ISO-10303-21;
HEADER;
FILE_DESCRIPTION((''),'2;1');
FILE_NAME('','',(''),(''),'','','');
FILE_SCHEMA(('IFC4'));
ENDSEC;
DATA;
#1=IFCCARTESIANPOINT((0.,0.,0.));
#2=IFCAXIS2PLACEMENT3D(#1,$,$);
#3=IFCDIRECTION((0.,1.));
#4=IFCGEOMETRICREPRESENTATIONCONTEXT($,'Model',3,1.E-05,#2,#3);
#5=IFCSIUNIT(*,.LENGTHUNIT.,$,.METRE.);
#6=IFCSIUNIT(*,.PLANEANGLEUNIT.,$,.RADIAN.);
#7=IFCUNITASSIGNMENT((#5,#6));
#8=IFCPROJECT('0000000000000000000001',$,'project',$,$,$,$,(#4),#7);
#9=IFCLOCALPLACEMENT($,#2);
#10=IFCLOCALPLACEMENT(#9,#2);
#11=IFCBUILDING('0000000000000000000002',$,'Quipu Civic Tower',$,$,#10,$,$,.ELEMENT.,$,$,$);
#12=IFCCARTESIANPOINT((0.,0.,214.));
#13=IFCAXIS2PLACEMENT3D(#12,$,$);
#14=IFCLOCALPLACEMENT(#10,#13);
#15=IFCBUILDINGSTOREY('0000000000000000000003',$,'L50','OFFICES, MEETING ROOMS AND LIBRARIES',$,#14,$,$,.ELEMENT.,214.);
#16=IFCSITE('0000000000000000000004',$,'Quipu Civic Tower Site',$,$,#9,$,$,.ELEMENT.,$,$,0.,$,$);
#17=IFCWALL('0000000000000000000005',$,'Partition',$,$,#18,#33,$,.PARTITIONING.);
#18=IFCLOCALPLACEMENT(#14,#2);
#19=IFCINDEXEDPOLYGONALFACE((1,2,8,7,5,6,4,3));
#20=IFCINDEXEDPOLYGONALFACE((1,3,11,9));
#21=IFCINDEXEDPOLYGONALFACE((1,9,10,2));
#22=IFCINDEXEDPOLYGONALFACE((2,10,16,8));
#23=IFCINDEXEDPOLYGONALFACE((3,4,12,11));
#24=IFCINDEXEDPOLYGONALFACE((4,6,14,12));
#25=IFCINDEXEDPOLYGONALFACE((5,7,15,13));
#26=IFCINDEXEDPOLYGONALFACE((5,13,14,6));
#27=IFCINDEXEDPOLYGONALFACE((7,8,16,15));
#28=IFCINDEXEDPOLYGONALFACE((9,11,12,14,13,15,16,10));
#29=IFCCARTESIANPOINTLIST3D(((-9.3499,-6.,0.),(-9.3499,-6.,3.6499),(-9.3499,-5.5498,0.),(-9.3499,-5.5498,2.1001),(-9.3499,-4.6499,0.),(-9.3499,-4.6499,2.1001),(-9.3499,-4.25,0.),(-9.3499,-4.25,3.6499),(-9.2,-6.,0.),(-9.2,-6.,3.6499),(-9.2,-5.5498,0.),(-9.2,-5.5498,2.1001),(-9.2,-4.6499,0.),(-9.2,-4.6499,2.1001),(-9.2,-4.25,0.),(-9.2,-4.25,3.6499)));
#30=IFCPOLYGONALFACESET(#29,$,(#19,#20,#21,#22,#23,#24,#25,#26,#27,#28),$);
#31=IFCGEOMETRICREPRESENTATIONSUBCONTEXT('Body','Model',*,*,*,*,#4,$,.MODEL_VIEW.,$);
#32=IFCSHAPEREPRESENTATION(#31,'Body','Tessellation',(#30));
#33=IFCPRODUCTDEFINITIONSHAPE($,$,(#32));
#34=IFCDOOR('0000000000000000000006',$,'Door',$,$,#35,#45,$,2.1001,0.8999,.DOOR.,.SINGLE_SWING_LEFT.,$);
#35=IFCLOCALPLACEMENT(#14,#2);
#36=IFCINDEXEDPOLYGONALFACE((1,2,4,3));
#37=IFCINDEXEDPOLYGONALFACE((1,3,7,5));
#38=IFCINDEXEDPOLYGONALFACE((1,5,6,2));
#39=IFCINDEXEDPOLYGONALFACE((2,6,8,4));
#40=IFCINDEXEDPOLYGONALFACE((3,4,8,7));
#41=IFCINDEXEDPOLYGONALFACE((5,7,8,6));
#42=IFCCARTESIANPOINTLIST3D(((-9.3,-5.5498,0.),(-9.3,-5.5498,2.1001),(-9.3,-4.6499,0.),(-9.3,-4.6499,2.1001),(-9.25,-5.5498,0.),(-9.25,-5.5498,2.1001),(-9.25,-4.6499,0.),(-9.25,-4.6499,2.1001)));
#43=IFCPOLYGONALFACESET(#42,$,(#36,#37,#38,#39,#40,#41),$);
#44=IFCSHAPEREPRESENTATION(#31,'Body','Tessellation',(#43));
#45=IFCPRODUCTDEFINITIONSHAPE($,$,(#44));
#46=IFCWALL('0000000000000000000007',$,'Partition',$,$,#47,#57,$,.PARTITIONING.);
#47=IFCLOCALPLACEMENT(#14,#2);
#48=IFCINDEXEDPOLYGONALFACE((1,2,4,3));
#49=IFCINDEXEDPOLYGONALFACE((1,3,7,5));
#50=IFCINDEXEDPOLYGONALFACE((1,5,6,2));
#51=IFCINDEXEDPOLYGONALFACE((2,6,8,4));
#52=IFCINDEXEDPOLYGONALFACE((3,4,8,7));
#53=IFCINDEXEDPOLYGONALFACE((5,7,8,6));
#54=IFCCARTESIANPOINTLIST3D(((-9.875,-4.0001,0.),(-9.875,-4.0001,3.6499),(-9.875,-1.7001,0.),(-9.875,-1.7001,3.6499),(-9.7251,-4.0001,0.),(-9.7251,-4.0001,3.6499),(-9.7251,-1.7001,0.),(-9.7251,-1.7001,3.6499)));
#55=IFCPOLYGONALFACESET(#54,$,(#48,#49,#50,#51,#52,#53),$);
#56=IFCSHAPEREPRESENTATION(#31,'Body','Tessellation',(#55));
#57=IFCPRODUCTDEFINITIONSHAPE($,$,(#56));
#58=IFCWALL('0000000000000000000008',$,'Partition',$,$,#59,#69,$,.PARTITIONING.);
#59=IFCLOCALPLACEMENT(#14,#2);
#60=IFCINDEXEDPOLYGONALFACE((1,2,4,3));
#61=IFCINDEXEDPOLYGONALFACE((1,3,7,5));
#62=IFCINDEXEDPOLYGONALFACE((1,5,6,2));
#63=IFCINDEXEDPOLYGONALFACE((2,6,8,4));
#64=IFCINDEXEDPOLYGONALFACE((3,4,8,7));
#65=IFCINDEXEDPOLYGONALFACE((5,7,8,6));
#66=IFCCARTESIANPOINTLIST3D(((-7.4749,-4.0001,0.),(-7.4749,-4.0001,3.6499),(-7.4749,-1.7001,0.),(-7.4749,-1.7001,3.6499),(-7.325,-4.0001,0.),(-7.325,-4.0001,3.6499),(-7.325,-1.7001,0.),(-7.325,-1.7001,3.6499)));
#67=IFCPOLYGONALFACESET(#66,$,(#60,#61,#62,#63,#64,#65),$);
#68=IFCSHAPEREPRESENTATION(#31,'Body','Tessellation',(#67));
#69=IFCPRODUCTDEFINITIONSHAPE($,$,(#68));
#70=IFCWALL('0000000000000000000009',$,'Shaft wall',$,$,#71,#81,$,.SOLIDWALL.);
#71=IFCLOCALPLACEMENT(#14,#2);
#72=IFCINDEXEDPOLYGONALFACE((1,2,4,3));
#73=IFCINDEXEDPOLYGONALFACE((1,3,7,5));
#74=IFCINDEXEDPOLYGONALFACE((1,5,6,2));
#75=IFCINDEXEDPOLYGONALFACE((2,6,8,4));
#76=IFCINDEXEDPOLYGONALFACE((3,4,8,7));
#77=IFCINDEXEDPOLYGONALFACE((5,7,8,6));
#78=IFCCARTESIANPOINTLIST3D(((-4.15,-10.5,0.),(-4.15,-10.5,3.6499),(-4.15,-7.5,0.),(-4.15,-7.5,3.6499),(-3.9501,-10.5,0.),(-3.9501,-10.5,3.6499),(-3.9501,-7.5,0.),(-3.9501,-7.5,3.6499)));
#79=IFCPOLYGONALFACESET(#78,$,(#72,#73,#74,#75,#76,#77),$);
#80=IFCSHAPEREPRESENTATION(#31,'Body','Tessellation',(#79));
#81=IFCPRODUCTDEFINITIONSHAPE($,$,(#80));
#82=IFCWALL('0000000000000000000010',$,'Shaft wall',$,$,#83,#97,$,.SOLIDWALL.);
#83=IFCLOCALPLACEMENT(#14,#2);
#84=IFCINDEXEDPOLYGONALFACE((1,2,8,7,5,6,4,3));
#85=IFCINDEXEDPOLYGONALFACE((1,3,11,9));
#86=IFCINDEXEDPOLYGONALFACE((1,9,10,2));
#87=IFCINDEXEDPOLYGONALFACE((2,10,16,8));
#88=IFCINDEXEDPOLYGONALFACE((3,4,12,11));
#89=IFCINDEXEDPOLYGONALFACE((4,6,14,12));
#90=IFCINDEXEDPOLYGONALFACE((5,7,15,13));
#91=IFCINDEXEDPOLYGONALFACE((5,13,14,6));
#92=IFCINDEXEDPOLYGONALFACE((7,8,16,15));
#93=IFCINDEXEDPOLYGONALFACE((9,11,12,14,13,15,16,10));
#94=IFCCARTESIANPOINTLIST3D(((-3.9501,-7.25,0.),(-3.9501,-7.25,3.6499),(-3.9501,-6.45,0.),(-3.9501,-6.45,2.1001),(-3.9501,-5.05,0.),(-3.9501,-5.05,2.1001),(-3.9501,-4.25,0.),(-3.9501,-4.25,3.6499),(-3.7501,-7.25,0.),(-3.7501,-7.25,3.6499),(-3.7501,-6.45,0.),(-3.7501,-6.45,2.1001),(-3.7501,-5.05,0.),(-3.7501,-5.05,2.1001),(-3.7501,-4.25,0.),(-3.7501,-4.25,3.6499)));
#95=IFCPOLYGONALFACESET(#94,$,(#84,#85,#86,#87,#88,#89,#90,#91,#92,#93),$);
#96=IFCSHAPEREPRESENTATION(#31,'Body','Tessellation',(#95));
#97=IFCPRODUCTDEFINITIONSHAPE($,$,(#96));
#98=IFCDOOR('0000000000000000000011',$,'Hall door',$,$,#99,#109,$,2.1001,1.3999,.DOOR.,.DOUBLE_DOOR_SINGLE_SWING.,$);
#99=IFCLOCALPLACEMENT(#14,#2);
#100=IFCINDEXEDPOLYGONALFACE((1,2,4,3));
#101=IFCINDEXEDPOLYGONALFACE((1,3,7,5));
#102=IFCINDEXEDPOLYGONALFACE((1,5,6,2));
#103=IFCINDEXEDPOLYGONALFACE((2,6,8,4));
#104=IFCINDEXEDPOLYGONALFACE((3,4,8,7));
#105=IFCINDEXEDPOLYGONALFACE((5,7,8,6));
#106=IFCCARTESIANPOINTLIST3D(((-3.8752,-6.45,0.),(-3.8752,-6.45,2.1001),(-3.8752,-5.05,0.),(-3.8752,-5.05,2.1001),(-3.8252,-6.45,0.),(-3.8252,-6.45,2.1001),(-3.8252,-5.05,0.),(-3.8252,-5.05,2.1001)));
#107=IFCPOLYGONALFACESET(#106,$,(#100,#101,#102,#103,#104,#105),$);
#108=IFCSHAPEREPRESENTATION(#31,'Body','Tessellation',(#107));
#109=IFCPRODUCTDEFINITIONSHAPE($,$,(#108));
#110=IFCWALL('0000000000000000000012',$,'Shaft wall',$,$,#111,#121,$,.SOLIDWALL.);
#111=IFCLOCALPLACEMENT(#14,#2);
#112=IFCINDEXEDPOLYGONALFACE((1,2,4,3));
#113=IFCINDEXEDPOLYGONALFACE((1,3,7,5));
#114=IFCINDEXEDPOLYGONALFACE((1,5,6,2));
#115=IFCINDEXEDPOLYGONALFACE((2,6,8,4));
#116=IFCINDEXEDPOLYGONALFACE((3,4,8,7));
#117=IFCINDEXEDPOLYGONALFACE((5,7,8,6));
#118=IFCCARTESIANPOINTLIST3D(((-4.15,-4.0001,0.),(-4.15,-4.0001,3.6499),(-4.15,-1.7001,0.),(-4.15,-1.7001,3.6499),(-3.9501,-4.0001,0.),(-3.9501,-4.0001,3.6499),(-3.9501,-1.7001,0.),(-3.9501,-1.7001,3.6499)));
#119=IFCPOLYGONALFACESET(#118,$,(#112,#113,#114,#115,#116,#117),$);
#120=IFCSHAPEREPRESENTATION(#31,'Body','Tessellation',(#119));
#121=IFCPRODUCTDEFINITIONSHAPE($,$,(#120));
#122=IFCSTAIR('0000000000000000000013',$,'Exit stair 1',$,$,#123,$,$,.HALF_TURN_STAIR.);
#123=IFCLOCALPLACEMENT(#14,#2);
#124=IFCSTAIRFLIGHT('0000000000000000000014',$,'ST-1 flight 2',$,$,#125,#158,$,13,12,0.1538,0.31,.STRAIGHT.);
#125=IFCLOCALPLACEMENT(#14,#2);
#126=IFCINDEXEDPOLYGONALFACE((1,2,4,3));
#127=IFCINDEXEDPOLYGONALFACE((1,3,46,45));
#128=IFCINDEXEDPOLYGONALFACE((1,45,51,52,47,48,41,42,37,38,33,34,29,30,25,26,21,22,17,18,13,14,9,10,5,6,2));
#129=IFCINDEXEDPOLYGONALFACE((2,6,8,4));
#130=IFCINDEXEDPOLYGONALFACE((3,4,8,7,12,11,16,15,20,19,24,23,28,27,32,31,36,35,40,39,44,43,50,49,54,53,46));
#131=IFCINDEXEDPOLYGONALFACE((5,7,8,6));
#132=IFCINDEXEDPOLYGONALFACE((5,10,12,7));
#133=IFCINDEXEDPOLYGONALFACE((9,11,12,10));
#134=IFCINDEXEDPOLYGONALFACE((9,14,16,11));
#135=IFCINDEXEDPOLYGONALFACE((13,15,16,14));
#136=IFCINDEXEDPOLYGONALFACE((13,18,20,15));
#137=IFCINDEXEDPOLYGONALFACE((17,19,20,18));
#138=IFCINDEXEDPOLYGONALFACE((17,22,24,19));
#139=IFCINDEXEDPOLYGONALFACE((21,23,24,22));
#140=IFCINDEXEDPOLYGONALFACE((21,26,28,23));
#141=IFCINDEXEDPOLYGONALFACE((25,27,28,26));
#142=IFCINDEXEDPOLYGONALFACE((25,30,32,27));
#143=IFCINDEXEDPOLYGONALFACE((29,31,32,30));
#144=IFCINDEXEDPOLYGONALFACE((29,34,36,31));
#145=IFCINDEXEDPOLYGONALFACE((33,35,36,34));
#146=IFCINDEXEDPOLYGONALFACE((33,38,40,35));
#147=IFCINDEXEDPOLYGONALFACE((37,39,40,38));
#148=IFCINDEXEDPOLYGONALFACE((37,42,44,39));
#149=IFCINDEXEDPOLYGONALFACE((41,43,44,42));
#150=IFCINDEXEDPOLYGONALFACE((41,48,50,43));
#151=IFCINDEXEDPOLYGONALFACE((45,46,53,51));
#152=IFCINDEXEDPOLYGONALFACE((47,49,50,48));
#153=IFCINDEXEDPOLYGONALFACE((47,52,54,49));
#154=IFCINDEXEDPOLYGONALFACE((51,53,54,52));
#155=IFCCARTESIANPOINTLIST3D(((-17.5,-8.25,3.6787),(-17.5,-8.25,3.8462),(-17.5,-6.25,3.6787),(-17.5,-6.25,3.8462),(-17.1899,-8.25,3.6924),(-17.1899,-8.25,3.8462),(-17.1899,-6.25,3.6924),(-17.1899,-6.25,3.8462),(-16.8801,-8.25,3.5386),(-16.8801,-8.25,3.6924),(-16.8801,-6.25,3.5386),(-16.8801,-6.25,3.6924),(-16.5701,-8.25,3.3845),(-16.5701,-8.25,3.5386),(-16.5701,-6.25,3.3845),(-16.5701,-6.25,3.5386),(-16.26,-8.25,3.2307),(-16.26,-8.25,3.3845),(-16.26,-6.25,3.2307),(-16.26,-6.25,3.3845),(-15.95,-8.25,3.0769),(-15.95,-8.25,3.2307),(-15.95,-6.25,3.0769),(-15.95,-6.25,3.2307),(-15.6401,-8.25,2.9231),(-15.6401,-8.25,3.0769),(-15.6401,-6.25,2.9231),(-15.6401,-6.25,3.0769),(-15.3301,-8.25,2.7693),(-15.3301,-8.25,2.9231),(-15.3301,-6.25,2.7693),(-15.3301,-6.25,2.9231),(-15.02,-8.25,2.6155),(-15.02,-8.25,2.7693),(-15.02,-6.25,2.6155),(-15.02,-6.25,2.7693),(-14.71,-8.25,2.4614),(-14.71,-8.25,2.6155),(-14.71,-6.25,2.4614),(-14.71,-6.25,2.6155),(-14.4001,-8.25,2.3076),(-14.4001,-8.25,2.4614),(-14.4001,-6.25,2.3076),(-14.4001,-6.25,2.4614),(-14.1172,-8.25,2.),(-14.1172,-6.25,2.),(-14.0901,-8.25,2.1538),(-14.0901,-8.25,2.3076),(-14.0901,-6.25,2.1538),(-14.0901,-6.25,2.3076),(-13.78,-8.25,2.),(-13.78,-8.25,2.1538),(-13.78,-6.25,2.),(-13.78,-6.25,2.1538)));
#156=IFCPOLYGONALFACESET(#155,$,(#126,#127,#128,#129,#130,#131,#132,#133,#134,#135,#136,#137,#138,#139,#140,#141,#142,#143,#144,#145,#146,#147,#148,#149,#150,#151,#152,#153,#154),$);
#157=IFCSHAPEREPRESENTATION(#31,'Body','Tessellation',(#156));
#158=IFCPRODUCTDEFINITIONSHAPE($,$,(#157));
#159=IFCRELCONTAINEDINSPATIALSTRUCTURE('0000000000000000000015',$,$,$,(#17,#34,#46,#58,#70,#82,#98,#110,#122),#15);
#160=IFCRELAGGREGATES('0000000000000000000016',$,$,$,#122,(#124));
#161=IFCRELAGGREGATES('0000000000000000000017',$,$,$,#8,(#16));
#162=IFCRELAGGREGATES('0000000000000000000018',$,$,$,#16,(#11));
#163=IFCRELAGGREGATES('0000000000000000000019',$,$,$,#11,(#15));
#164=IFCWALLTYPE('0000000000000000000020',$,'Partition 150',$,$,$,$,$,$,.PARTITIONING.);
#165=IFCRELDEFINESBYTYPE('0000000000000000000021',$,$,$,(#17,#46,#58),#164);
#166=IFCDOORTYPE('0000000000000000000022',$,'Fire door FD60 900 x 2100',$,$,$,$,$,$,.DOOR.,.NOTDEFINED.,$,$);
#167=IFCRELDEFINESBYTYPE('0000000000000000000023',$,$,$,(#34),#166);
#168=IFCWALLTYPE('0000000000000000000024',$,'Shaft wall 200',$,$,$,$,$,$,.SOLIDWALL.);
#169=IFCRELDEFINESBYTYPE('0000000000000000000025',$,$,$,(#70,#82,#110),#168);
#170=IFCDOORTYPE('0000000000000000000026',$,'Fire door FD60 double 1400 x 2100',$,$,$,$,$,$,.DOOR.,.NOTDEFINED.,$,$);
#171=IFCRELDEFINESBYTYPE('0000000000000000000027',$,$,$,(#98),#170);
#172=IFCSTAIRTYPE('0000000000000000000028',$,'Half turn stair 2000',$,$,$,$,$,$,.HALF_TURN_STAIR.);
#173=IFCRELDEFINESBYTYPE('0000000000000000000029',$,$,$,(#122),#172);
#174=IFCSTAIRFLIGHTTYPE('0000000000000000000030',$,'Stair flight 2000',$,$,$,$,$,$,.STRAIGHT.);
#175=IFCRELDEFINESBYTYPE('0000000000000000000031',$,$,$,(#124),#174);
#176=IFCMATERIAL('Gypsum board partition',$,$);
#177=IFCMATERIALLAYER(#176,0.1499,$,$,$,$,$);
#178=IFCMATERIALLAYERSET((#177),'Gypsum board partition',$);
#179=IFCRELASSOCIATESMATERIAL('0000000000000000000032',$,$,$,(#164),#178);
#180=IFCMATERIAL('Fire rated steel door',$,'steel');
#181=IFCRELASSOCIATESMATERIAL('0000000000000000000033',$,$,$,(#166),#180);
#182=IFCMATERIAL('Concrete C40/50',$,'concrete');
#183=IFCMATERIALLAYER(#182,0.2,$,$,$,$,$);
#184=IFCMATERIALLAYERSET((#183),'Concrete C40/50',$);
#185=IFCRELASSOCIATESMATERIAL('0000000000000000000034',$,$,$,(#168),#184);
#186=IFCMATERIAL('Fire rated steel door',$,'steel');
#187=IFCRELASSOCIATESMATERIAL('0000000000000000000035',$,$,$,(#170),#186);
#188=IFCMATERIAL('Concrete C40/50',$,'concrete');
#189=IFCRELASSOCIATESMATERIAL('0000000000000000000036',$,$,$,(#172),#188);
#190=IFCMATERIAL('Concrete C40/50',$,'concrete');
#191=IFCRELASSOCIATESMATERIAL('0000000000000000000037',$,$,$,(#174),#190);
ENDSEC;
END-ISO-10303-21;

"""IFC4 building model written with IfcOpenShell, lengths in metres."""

from ifc_helpers import new_model, si_unit, direction, frame, frame_2d, origin, place, context, subcontext, project, spatial, polyline, rectangle, outline, extrude, material, layer, layer_set, type_object, element, fill, aggregate, save


model = new_model("IFC4")

# Units and contexts
model_context = context("Model", 3, precision=1e-05, world=origin(), true_north=direction((0.0, 1.0)))
body_context = subcontext(model_context, "Body", "Model", "MODEL_VIEW")
ifc_project = project(units=[si_unit("LENGTHUNIT", "METRE"), si_unit("PLANEANGLEUNIT", "RADIAN")], contexts=[model_context])

# Site, building, storey
site_placement = place(None, origin())
site = spatial("IfcSite", under=ifc_project, at=site_placement, Name="Quipu Civic Tower Site", CompositionType="ELEMENT", RefElevation=0.0)
building_placement = place(site_placement, origin())
building = spatial("IfcBuilding", under=site, at=building_placement, Name="Quipu Civic Tower", CompositionType="ELEMENT")
storey_placement = place(building_placement, frame((0.0, 0.0, 214.0)))
storey = spatial("IfcBuildingStorey", under=building, at=storey_placement, Name="L50", Description="OFFICES, MEETING ROOMS AND LIBRARIES", CompositionType="ELEMENT", Elevation=214.0)

# Shared definitions
ifc_material_1 = material(Name="Gypsum board partition")
ifc_layer_1 = layer(ifc_material_1, 0.1499)
ifc_layer_set_1 = layer_set([ifc_layer_1], Name="Gypsum board partition")
wall_type_1 = type_object("IfcWallType", Name="Partition 150", PredefinedType="PARTITIONING", material=ifc_layer_set_1)

# Wall, opening, door
wall_1_placement = place(storey_placement, frame((-9.2749, -4.25, 0.0), z_axis=(0.0, 0.0, 1.0), x_axis=(0.0, -1.0, 0.0)))
wall_1 = element("IfcWall", 1, at=wall_1_placement, inside=storey, type_object=wall_type_1, Name="Partition", PredefinedType="PARTITIONING", context=body_context, shape_type="SweptSolid", body=[
    extrude(rectangle(XDim=1.75, YDim=0.1499, at=frame_2d((0.875, 0.0))), origin(), (0.0, 0.0, 1.0), 3.6499),
])
opening_1_placement = place(wall_1_placement, frame((0.3999, 0.0, 0.0)))
opening_1 = element("IfcOpeningElement", 2, at=opening_1_placement, cuts=wall_1, PredefinedType="OPENING", context=body_context, shape_type="SweptSolid", body=[
    extrude(rectangle(XDim=0.8999, YDim=2.1001, at=frame_2d((0.45, 1.05))), frame((0.0, 0.085, 0.0), z_axis=(0.0, -1.0, 0.0), x_axis=(1.0, 0.0, 0.0)), (0.0, 0.0, 1.0), 0.1699),
])
ifc_material_2 = material(Name="Fire rated steel door", Category="steel")
door_type_1 = type_object("IfcDoorType", Name="Fire door FD60 900 x 2100", OperationType="NOTDEFINED", PredefinedType="DOOR", material=ifc_material_2)
door_1_placement = place(opening_1_placement, origin())
door_1 = element("IfcDoor", 3, at=door_1_placement, inside=storey, type_object=door_type_1, Name="Door", OperationType="SINGLE_SWING_LEFT", OverallHeight=2.1001, OverallWidth=0.8999, PredefinedType="DOOR", context=body_context, shape_type="SweptSolid", body=[
    extrude(rectangle(XDim=0.8999, YDim=2.1001, at=frame_2d((0.45, 1.05))), frame((0.0, 0.0249, 0.0), z_axis=(0.0, -1.0, 0.0), x_axis=(1.0, 0.0, 0.0)), (0.0, 0.0, 1.0), 0.05),
])
fill(opening_1, door_1)

# Walls
for number, where, z_axis, x_axis, name in (
    (4, (-9.8, -4.0, 0.0), (0.0, 0.0, 1.0), (0.0, 1.0, 0.0), "Partition"),
    (5, (-7.3999, -4.0, 0.0), (0.0, 0.0, 1.0), (0.0, 1.0, 0.0), "Partition"),
):
    element("IfcWall", number, at=place(storey_placement, frame(where, z_axis=z_axis, x_axis=x_axis)), inside=storey, type_object=wall_type_1, Name=name, PredefinedType="PARTITIONING", context=body_context, shape_type="SweptSolid", body=[
        extrude(rectangle(XDim=2.3, YDim=0.1499, at=frame_2d((1.1499, 0.0))), origin(), (0.0, 0.0, 1.0), 3.6499),
    ])
ifc_material_3 = material(Name="Concrete C40/50", Category="concrete")
ifc_layer_2 = layer(ifc_material_3, 0.2)
ifc_layer_set_2 = layer_set([ifc_layer_2], Name="Concrete C40/50")
wall_type_2 = type_object("IfcWallType", Name="Shaft wall 200", PredefinedType="SOLIDWALL", material=ifc_layer_set_2)
wall_2_placement = place(storey_placement, frame((-4.05, -10.5, 0.0), z_axis=(0.0, 0.0, 1.0), x_axis=(0.0, 1.0, 0.0)))
element("IfcWall", 6, at=wall_2_placement, inside=storey, type_object=wall_type_2, Name="Shaft wall", PredefinedType="SOLIDWALL", context=body_context, shape_type="SweptSolid", body=[
    extrude(rectangle(XDim=3.0, YDim=0.2, at=frame_2d((1.5, 0.0))), origin(), (0.0, 0.0, 1.0), 3.6499),
])

# Wall, opening, door
wall_3_placement = place(storey_placement, frame((-3.8501, -4.25, 0.0), z_axis=(0.0, 0.0, 1.0), x_axis=(0.0, -1.0, 0.0)))
wall_3 = element("IfcWall", 7, at=wall_3_placement, inside=storey, type_object=wall_type_2, Name="Shaft wall", PredefinedType="SOLIDWALL", context=body_context, shape_type="SweptSolid", body=[
    extrude(rectangle(XDim=3.0, YDim=0.2, at=frame_2d((1.5, 0.0))), origin(), (0.0, 0.0, 1.0), 3.6499),
])
opening_2_placement = place(wall_3_placement, frame((0.8, 0.0, 0.0)))
opening_2 = element("IfcOpeningElement", 8, at=opening_2_placement, cuts=wall_3, PredefinedType="OPENING", context=body_context, shape_type="SweptSolid", body=[
    extrude(rectangle(XDim=1.3999, YDim=2.1001, at=frame_2d((0.7, 1.05))), frame((0.0, 0.1099, 0.0), z_axis=(0.0, -1.0, 0.0), x_axis=(1.0, 0.0, 0.0)), (0.0, 0.0, 1.0), 0.22),
])
ifc_material_4 = material(Name="Fire rated steel door", Category="steel")
door_type_2 = type_object("IfcDoorType", Name="Fire door FD60 double 1400 x 2100", OperationType="NOTDEFINED", PredefinedType="DOOR", material=ifc_material_4)
door_2_placement = place(opening_2_placement, origin())
door_2 = element("IfcDoor", 9, at=door_2_placement, inside=storey, type_object=door_type_2, Name="Hall door", OperationType="DOUBLE_DOOR_SINGLE_SWING", OverallHeight=2.1001, OverallWidth=1.3999, PredefinedType="DOOR", context=body_context, shape_type="SweptSolid", body=[
    extrude(rectangle(XDim=1.3999, YDim=2.1001, at=frame_2d((0.7, 1.05))), frame((0.0, 0.0249, 0.0), z_axis=(0.0, -1.0, 0.0), x_axis=(1.0, 0.0, 0.0)), (0.0, 0.0, 1.0), 0.05),
])
fill(opening_2, door_2)

# Wall
wall_4_placement = place(storey_placement, frame((-4.05, -4.0, 0.0), z_axis=(0.0, 0.0, 1.0), x_axis=(0.0, 1.0, 0.0)))
element("IfcWall", 10, at=wall_4_placement, inside=storey, type_object=wall_type_2, Name="Shaft wall", PredefinedType="SOLIDWALL", context=body_context, shape_type="SweptSolid", body=[
    extrude(rectangle(XDim=2.3, YDim=0.2, at=frame_2d((1.1499, 0.0))), origin(), (0.0, 0.0, 1.0), 3.6499),
])

# Stair, stair flight
ifc_material_5 = material(Name="Concrete C40/50", Category="concrete")
stair_type = type_object("IfcStairType", Name="Half turn stair 2000", PredefinedType="HALF_TURN_STAIR", material=ifc_material_5)
stair_placement = place(storey_placement, origin())
stair = element("IfcStair", 11, at=stair_placement, inside=storey, type_object=stair_type, Name="Exit stair 1", PredefinedType="HALF_TURN_STAIR")
ifc_material_6 = material(Name="Concrete C40/50", Category="concrete")
stair_flight_type = type_object("IfcStairFlightType", Name="Stair flight 2000", PredefinedType="STRAIGHT", material=ifc_material_6)
stair_flight_placement = place(storey_placement, frame((-13.78, -7.25, 2.0), z_axis=(0.0, 0.0, 1.0), x_axis=(-1.0, 0.0, 0.0)))
stair_flight = element("IfcStairFlight", 12, at=stair_flight_placement, type_object=stair_flight_type, Name="ST-1 flight 2", NumberOfRisers=13, NumberOfTreads=12, PredefinedType="STRAIGHT", RiserHeight=0.1538, TreadLength=0.31, context=body_context, shape_type="SweptSolid", body=[
    extrude(outline(polyline([(0.0, 0.0), (0.0, 0.1538), (0.3101, 0.1538), (0.3101, 0.3076), (0.6201, 0.3076), (0.6201, 0.4614), (0.9299, 0.4614), (0.9299, 0.6155), (1.24, 0.6155), (1.24, 0.7693), (1.55, 0.7693), (1.55, 0.9231), (1.8601, 0.9231), (1.8601, 1.0769), (2.1699, 1.0769), (2.1699, 1.2307), (2.48, 1.2307), (2.48, 1.3845), (2.79, 1.3845), (2.79, 1.5386), (3.1001, 1.5386), (3.1001, 1.6924), (3.4099, 1.6924), (3.4099, 1.8462), (3.72, 1.8462), (3.72, 2.0), (3.72, 1.6787), (0.3372, 0.0), (0.0, 0.0)])), frame((0.0, 1.0, 0.0), z_axis=(0.0, -1.0, 0.0), x_axis=(1.0, 0.0, 0.0)), (0.0, 0.0, 1.0), 2.0),
])
aggregate(stair, [stair_flight])

save(model, "model.ifc")
